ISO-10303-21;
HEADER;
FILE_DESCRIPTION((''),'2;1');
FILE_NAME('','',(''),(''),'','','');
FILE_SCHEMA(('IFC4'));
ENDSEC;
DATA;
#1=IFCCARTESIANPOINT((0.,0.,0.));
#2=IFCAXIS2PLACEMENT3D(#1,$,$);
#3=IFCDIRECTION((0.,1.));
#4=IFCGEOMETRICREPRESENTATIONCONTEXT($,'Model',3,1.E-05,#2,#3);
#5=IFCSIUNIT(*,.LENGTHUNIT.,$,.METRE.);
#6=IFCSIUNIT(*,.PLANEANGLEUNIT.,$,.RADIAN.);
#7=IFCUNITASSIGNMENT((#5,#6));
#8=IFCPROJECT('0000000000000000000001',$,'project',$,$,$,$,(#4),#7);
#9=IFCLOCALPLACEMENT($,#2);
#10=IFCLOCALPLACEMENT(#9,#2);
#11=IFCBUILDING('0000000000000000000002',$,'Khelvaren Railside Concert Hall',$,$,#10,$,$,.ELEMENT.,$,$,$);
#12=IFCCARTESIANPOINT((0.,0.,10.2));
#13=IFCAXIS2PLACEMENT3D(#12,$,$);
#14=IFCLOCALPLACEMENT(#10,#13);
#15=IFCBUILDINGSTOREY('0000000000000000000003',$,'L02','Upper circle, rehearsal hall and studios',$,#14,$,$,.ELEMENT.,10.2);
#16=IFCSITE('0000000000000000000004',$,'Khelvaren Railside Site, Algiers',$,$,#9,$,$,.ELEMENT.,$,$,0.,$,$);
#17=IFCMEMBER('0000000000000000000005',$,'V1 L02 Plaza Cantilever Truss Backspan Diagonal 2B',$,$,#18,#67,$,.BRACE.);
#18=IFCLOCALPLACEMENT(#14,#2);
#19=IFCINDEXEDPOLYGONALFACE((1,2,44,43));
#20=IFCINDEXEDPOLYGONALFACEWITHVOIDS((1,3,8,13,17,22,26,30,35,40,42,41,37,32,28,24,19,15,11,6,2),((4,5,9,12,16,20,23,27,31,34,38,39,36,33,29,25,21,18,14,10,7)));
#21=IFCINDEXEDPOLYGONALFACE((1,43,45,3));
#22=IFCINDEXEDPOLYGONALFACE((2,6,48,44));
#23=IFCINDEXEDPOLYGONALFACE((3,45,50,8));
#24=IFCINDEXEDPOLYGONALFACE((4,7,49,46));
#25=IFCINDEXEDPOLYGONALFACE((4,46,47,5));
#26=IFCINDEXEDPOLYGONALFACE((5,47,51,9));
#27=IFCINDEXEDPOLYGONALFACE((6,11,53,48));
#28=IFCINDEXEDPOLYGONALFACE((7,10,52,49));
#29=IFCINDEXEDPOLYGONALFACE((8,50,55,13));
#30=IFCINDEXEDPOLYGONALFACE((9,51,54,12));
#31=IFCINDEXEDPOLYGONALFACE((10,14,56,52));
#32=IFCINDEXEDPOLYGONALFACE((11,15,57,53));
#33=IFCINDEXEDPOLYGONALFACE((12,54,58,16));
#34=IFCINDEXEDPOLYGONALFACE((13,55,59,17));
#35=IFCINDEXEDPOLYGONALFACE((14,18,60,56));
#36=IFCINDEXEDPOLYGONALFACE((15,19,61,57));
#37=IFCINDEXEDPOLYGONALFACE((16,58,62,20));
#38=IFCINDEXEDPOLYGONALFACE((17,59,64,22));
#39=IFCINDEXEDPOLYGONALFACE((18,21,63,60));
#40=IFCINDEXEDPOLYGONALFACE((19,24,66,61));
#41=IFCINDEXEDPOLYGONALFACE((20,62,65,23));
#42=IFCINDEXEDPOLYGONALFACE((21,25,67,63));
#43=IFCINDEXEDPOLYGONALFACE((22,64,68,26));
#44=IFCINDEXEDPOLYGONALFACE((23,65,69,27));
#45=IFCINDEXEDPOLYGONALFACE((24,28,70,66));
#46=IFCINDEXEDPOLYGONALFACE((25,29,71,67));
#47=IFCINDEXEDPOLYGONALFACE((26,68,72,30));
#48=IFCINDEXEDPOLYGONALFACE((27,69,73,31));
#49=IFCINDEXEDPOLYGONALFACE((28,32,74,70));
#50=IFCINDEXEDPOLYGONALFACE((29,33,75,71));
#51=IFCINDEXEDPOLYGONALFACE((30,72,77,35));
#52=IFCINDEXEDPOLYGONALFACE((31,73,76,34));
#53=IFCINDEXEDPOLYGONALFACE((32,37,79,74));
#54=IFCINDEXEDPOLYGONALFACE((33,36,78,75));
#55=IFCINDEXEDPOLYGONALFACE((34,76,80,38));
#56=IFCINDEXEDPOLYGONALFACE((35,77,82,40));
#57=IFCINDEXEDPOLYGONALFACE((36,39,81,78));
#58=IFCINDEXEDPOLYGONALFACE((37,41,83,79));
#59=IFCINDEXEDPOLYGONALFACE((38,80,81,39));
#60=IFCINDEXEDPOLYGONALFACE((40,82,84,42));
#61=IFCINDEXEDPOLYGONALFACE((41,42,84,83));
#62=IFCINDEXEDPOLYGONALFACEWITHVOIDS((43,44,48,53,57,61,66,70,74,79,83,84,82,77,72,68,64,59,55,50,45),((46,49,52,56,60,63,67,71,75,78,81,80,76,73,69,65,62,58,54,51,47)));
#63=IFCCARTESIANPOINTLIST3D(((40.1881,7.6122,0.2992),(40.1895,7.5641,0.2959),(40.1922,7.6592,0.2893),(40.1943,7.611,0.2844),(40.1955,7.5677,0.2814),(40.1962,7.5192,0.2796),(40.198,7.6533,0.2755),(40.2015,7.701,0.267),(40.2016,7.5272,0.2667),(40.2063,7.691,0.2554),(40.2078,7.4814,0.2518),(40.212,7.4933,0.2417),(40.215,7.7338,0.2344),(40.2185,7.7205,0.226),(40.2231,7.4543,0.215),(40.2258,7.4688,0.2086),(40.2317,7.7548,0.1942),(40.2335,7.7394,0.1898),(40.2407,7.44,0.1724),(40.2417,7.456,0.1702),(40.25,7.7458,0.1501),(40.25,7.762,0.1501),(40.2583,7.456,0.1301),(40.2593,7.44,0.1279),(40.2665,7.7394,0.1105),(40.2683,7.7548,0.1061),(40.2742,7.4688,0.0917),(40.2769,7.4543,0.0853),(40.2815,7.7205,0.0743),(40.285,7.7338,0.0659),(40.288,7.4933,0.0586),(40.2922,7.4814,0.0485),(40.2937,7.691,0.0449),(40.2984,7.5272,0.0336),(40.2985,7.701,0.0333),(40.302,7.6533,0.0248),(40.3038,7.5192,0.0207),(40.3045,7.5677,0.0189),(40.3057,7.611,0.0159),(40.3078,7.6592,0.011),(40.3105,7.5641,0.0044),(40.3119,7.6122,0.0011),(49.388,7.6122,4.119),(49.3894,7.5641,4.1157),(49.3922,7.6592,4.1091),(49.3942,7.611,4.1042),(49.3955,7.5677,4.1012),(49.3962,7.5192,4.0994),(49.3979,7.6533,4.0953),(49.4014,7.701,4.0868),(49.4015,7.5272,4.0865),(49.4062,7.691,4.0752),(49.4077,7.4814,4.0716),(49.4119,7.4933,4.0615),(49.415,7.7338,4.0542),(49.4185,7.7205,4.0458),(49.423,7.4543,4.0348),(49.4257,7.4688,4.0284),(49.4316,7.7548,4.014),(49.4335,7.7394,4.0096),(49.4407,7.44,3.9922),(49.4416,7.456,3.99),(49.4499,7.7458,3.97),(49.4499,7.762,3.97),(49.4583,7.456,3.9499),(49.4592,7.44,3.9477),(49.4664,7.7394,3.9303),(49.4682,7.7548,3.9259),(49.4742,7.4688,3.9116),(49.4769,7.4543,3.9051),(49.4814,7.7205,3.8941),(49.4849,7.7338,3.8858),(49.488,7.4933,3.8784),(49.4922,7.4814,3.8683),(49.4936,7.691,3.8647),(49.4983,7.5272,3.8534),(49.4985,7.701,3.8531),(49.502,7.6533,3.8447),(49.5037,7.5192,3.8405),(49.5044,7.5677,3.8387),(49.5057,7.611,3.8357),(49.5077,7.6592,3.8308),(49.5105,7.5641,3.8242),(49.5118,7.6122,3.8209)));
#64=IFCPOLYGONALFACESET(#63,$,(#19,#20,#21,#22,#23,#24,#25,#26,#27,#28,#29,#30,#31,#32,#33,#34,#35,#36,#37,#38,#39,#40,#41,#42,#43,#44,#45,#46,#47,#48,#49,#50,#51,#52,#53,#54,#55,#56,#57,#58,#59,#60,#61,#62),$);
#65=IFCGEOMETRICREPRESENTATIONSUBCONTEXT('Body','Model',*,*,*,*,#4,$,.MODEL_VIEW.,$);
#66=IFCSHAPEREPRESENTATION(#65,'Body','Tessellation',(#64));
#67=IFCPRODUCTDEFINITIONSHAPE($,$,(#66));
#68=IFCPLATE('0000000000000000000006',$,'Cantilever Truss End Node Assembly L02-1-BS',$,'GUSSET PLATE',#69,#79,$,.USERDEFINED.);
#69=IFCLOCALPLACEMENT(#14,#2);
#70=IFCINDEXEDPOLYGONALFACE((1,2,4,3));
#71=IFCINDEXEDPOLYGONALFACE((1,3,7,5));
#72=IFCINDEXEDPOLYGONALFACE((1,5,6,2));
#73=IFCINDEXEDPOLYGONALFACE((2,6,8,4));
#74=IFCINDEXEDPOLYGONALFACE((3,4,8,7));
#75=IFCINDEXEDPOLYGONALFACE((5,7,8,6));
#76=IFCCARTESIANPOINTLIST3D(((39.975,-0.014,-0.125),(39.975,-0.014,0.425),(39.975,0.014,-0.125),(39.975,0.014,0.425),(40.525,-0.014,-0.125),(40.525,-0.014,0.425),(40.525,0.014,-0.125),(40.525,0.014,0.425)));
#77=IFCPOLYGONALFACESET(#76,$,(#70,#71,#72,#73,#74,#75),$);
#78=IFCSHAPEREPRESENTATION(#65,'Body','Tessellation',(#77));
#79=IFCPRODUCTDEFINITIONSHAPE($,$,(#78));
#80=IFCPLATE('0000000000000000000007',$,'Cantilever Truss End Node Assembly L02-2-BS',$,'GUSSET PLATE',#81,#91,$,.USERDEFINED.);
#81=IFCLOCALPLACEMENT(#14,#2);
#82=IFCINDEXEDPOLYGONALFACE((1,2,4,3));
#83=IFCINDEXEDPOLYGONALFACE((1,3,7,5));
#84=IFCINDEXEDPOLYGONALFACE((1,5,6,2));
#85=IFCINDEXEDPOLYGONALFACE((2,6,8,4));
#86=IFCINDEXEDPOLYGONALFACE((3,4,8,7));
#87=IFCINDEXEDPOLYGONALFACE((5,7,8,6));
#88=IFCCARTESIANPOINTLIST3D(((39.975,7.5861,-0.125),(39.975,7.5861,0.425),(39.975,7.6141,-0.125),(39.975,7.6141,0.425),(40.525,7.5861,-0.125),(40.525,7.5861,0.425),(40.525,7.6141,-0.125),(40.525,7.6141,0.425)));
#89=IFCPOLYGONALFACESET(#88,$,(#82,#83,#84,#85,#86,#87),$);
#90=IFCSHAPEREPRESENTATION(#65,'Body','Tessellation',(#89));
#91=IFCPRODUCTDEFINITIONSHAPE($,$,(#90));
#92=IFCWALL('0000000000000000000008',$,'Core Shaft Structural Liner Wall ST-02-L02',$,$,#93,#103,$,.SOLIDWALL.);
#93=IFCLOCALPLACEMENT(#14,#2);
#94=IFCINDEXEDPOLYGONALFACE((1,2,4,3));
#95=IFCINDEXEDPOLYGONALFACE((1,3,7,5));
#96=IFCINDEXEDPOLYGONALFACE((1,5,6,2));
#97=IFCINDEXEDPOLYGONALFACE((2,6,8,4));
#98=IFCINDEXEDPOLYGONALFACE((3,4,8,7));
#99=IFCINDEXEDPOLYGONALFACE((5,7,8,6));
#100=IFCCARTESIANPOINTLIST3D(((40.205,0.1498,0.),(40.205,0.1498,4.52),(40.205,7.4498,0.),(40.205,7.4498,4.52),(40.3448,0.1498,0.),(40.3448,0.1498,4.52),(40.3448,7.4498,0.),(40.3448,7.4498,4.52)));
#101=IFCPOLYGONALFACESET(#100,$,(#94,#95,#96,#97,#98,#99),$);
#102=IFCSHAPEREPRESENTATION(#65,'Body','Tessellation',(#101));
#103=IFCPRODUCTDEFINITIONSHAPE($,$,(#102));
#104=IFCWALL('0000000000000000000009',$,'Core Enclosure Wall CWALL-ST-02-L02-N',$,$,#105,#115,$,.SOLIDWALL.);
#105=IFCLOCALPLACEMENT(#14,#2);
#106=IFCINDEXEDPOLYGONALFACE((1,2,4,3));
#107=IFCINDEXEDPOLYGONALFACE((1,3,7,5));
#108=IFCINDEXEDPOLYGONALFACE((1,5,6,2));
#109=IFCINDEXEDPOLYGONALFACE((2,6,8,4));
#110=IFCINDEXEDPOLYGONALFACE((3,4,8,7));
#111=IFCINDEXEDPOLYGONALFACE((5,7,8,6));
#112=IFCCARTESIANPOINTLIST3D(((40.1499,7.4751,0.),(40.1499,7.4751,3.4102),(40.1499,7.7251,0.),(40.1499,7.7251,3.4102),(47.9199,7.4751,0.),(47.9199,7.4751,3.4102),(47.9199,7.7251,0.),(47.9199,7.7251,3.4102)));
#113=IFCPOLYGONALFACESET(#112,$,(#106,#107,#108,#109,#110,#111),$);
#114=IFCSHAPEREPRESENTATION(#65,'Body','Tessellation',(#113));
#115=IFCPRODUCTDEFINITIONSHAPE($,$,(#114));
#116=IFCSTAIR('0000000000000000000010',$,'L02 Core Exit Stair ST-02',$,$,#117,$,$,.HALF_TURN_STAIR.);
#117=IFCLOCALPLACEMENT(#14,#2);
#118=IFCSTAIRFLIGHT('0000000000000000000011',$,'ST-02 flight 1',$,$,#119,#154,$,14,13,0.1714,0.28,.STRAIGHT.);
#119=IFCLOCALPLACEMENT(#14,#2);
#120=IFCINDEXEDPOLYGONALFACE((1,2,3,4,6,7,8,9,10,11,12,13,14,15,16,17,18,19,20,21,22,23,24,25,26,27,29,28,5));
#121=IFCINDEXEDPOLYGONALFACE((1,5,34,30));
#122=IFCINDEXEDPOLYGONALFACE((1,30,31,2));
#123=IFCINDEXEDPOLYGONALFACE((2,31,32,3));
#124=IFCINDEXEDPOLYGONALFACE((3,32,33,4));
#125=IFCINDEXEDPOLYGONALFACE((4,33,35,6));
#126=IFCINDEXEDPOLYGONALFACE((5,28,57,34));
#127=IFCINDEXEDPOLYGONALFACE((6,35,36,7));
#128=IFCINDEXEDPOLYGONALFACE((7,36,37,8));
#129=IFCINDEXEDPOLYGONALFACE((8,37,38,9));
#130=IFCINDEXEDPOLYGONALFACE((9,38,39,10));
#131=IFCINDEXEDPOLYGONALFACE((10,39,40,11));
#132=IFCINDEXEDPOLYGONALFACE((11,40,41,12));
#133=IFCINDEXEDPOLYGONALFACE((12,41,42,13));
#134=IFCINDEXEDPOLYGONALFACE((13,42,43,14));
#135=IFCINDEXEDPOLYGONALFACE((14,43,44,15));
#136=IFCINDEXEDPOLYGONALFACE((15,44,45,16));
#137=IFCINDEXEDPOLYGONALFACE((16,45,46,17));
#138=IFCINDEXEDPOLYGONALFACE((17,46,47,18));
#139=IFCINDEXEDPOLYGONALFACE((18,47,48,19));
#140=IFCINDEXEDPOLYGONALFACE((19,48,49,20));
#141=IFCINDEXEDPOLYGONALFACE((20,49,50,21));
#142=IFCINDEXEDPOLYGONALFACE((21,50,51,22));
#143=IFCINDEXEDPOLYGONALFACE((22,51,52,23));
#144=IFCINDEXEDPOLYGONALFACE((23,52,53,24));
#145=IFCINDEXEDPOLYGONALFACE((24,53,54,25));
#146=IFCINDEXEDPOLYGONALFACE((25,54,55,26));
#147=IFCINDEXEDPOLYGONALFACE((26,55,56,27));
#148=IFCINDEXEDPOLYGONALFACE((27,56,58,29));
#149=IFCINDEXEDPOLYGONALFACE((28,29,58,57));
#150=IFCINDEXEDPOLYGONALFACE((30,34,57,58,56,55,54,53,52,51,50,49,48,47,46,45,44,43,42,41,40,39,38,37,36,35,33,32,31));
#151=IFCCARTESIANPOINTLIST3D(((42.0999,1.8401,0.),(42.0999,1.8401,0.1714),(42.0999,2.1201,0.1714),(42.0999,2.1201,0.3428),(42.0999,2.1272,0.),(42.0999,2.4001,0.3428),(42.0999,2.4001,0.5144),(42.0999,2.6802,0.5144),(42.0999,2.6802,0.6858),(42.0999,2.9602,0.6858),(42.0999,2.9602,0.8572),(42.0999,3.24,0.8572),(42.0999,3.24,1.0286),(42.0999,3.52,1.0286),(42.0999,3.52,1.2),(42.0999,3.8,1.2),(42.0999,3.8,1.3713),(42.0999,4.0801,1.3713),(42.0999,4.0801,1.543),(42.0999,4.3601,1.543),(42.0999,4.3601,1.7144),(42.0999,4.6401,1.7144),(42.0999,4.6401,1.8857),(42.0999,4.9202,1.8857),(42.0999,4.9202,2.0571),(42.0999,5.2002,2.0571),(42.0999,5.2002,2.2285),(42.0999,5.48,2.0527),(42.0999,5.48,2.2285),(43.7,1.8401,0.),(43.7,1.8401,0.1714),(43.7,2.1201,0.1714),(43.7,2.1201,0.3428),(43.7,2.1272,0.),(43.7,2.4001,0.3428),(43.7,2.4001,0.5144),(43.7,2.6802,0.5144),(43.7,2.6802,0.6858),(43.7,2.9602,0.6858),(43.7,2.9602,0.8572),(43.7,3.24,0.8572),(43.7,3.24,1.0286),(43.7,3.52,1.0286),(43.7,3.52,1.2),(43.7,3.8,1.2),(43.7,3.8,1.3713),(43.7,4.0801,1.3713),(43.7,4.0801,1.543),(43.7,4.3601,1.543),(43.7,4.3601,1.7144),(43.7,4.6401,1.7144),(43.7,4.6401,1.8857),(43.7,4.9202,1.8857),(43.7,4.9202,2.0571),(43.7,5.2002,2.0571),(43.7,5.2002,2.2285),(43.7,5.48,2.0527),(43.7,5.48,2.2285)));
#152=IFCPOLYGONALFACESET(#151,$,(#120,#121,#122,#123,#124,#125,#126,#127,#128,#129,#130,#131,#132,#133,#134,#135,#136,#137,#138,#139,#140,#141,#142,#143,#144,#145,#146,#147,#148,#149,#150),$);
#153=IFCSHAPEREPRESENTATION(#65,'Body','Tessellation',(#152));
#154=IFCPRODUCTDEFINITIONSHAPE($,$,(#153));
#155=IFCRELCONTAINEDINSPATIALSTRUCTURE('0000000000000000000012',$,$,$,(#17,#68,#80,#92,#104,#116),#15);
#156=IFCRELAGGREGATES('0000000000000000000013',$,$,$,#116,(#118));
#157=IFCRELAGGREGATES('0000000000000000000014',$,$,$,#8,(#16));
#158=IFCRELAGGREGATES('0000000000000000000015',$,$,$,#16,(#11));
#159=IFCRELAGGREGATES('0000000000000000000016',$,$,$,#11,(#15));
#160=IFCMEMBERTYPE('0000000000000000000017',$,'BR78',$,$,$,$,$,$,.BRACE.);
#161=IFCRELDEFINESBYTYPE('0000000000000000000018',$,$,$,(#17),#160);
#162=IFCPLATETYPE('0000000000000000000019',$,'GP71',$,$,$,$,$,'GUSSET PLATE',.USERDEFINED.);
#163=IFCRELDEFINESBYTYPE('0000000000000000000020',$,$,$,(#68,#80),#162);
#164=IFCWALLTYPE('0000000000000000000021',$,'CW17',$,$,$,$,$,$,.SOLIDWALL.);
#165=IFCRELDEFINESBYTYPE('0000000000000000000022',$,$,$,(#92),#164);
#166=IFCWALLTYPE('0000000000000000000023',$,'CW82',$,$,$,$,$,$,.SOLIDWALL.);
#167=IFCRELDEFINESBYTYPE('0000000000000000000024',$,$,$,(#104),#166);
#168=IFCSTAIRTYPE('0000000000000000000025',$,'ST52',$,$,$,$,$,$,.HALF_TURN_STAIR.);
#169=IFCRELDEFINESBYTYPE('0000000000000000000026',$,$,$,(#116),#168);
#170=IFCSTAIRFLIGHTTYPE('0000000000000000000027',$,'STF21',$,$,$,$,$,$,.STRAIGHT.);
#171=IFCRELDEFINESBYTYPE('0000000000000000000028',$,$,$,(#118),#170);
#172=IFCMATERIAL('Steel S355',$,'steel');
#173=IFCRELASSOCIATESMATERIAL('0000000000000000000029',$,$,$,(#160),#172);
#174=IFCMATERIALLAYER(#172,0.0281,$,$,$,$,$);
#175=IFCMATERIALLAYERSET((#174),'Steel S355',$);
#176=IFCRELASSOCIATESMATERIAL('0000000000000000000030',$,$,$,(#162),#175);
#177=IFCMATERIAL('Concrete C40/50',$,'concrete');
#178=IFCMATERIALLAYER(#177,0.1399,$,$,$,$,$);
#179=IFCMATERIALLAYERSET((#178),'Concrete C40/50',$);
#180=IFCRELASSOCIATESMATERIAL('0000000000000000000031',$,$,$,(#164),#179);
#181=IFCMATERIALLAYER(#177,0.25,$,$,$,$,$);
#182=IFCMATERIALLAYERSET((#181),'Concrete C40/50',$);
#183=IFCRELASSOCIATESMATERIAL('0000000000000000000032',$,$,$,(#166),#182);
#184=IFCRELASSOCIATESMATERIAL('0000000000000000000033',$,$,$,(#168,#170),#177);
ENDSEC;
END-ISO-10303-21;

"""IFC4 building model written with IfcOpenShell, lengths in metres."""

from ifc_helpers import new_model, si_unit, direction, frame, frame_2d, origin, origin_2d, place, context, subcontext, project, spatial, polyline, rectangle, hollow_circle, outline, extrude, material, layer, layer_set, material_profile, profile_set, type_object, element, aggregate, save


model = new_model("IFC4")

# Units and contexts
model_context = context("Model", 3, precision=1e-05, world=origin(), true_north=direction((0.0, 1.0)))
body_context = subcontext(model_context, "Body", "Model", "MODEL_VIEW")
ifc_project = project(units=[si_unit("LENGTHUNIT", "METRE"), si_unit("PLANEANGLEUNIT", "RADIAN")], contexts=[model_context])

# Site, building, storey
site_placement = place(None, origin())
site = spatial("IfcSite", under=ifc_project, at=site_placement, Name="Khelvaren Railside Site, Algiers", CompositionType="ELEMENT", RefElevation=0.0)
building_placement = place(site_placement, origin())
building = spatial("IfcBuilding", under=site, at=building_placement, Name="Khelvaren Railside Concert Hall", CompositionType="ELEMENT")
storey_placement = place(building_placement, frame((0.0, 0.0, 10.2)))
storey = spatial("IfcBuildingStorey", under=building, at=storey_placement, Name="L02", Description="Upper circle, rehearsal hall and studios", CompositionType="ELEMENT", Elevation=10.2)

# Shared definitions
ifc_material_1 = material(Name="Steel S355", Category="steel")

# Member
ifc_material_profile_1 = material_profile(ifc_material_1, hollow_circle(Radius=0.1619, WallThickness=0.0161, at=origin_2d()), Name="CHS 323.9x16")
ifc_profile_set_1 = profile_set([ifc_material_profile_1], Name="Steel S355")
member_type = type_object("IfcMemberType", Name="BR78", PredefinedType="BRACE", material=ifc_profile_set_1)
for number, where, z_axis, x_axis, name in (
    (1, (40.25, 7.6001, 0.1501), (0.923557, 0.0, 0.383461), (0.0, 1.0, 0.0), "V1 L02 Plaza Cantilever Truss Backspan Diagonal 2B"),
):
    element("IfcMember", number, at=place(storey_placement, frame(where, z_axis=z_axis, x_axis=x_axis)), inside=storey, type_object=member_type, Name=name, PredefinedType="BRACE", context=body_context, shape_type="SweptSolid", body=[
        extrude(hollow_circle(Radius=0.1619, WallThickness=0.0161, at=origin_2d()), origin(), (0.0, 0.0, 1.0), 9.9614),
    ])

# Plates
ifc_layer_1 = layer(ifc_material_1, 0.0281)
ifc_layer_set_1 = layer_set([ifc_layer_1], Name="Steel S355")
plate_type = type_object("IfcPlateType", Name="GP71", ElementType="GUSSET PLATE", PredefinedType="USERDEFINED", material=ifc_layer_set_1)
for number, where, z_axis, x_axis, name in (
    (2, (40.25, 0.0, -0.125), (0.0, 0.0, 1.0), (1.0, 0.0, 0.0), "Cantilever Truss End Node Assembly L02-1-BS"),
    (3, (40.25, 7.6001, -0.125), (0.0, 0.0, 1.0), (1.0, 0.0, 0.0), "Cantilever Truss End Node Assembly L02-2-BS"),
):
    element("IfcPlate", number, at=place(storey_placement, frame(where, z_axis=z_axis, x_axis=x_axis)), inside=storey, type_object=plate_type, Name=name, ObjectType="GUSSET PLATE", PredefinedType="USERDEFINED", context=body_context, shape_type="SweptSolid", body=[
        extrude(rectangle(XDim=0.55, YDim=0.0281, at=origin_2d()), origin(), (0.0, 0.0, 1.0), 0.55),
    ])

# Walls
ifc_material_2 = material(Name="Concrete C40/50", Category="concrete")
ifc_layer_2 = layer(ifc_material_2, 0.1399)
ifc_layer_set_2 = layer_set([ifc_layer_2], Name="Concrete C40/50")
wall_type_1 = type_object("IfcWallType", Name="CW17", PredefinedType="SOLIDWALL", material=ifc_layer_set_2)
wall_1_placement = place(storey_placement, frame((40.2749, 0.1499, 0.0), z_axis=(0.0, 0.0, 1.0), x_axis=(0.0, 1.0, 0.0)))
element("IfcWall", 4, at=wall_1_placement, inside=storey, type_object=wall_type_1, Name="Core Shaft Structural Liner Wall ST-02-L02", PredefinedType="SOLIDWALL", context=body_context, shape_type="SweptSolid", body=[
    extrude(rectangle(XDim=7.3, YDim=0.1399, at=frame_2d((3.6499, 0.0))), origin(), (0.0, 0.0, 1.0), 4.52),
])
ifc_layer_3 = layer(ifc_material_2, 0.25)
ifc_layer_set_3 = layer_set([ifc_layer_3], Name="Concrete C40/50")
wall_type_2 = type_object("IfcWallType", Name="CW82", PredefinedType="SOLIDWALL", material=ifc_layer_set_3)
wall_2_placement = place(storey_placement, frame((40.1499, 7.6001, 0.0), z_axis=(0.0, 0.0, 1.0), x_axis=(1.0, 0.0, 0.0)))
element("IfcWall", 5, at=wall_2_placement, inside=storey, type_object=wall_type_2, Name="Core Enclosure Wall CWALL-ST-02-L02-N", PredefinedType="SOLIDWALL", context=body_context, shape_type="SweptSolid", body=[
    extrude(rectangle(XDim=7.77, YDim=0.25, at=frame_2d((3.885, 0.0))), origin(), (0.0, 0.0, 1.0), 3.4102),
])

# Stair, stair flight
stair_type = type_object("IfcStairType", Name="ST52", PredefinedType="HALF_TURN_STAIR", material=ifc_material_2)
stair_placement = place(storey_placement, origin())
stair = element("IfcStair", 6, at=stair_placement, inside=storey, type_object=stair_type, Name="L02 Core Exit Stair ST-02", PredefinedType="HALF_TURN_STAIR")
stair_flight_type = type_object("IfcStairFlightType", Name="STF21", PredefinedType="STRAIGHT", material=ifc_material_2)
stair_flight_1_placement = place(storey_placement, frame((42.8999, 1.8401, 0.0), z_axis=(0.0, 0.0, 1.0), x_axis=(0.0, 1.0, 0.0)))
stair_flight_1 = element("IfcStairFlight", 7, at=stair_flight_1_placement, type_object=stair_flight_type, Name="ST-02 flight 1", NumberOfRisers=14, NumberOfTreads=13, PredefinedType="STRAIGHT", RiserHeight=0.1714, TreadLength=0.28, context=body_context, shape_type="SweptSolid", body=[
    extrude(outline(polyline([(0.0, 0.0), (0.0, 0.1714), (0.28, 0.1714), (0.28, 0.3428), (0.5601, 0.3428), (0.5601, 0.5144), (0.8401, 0.5144), (0.8401, 0.6858), (1.1201, 0.6858), (1.1201, 0.8572), (1.3999, 0.8572), (1.3999, 1.0286), (1.6799, 1.0286), (1.6799, 1.2), (1.96, 1.2), (1.96, 1.3713), (2.24, 1.3713), (2.24, 1.543), (2.52, 1.543), (2.52, 1.7144), (2.8, 1.7144), (2.8, 1.8857), (3.0801, 1.8857), (3.0801, 2.0571), (3.3601, 2.0571), (3.3601, 2.2285), (3.6399, 2.2285), (3.6399, 2.3999), (3.6399, 2.0527), (0.2871, 0.0), (0.0, 0.0)])), frame((0.0, 0.8, 0.0), z_axis=(0.0, -1.0, 0.0), x_axis=(1.0, 0.0, 0.0)), (0.0, 0.0, 1.0), 1.6001),
])
aggregate(stair, [stair_flight_1])

save(model, "model.ifc")
